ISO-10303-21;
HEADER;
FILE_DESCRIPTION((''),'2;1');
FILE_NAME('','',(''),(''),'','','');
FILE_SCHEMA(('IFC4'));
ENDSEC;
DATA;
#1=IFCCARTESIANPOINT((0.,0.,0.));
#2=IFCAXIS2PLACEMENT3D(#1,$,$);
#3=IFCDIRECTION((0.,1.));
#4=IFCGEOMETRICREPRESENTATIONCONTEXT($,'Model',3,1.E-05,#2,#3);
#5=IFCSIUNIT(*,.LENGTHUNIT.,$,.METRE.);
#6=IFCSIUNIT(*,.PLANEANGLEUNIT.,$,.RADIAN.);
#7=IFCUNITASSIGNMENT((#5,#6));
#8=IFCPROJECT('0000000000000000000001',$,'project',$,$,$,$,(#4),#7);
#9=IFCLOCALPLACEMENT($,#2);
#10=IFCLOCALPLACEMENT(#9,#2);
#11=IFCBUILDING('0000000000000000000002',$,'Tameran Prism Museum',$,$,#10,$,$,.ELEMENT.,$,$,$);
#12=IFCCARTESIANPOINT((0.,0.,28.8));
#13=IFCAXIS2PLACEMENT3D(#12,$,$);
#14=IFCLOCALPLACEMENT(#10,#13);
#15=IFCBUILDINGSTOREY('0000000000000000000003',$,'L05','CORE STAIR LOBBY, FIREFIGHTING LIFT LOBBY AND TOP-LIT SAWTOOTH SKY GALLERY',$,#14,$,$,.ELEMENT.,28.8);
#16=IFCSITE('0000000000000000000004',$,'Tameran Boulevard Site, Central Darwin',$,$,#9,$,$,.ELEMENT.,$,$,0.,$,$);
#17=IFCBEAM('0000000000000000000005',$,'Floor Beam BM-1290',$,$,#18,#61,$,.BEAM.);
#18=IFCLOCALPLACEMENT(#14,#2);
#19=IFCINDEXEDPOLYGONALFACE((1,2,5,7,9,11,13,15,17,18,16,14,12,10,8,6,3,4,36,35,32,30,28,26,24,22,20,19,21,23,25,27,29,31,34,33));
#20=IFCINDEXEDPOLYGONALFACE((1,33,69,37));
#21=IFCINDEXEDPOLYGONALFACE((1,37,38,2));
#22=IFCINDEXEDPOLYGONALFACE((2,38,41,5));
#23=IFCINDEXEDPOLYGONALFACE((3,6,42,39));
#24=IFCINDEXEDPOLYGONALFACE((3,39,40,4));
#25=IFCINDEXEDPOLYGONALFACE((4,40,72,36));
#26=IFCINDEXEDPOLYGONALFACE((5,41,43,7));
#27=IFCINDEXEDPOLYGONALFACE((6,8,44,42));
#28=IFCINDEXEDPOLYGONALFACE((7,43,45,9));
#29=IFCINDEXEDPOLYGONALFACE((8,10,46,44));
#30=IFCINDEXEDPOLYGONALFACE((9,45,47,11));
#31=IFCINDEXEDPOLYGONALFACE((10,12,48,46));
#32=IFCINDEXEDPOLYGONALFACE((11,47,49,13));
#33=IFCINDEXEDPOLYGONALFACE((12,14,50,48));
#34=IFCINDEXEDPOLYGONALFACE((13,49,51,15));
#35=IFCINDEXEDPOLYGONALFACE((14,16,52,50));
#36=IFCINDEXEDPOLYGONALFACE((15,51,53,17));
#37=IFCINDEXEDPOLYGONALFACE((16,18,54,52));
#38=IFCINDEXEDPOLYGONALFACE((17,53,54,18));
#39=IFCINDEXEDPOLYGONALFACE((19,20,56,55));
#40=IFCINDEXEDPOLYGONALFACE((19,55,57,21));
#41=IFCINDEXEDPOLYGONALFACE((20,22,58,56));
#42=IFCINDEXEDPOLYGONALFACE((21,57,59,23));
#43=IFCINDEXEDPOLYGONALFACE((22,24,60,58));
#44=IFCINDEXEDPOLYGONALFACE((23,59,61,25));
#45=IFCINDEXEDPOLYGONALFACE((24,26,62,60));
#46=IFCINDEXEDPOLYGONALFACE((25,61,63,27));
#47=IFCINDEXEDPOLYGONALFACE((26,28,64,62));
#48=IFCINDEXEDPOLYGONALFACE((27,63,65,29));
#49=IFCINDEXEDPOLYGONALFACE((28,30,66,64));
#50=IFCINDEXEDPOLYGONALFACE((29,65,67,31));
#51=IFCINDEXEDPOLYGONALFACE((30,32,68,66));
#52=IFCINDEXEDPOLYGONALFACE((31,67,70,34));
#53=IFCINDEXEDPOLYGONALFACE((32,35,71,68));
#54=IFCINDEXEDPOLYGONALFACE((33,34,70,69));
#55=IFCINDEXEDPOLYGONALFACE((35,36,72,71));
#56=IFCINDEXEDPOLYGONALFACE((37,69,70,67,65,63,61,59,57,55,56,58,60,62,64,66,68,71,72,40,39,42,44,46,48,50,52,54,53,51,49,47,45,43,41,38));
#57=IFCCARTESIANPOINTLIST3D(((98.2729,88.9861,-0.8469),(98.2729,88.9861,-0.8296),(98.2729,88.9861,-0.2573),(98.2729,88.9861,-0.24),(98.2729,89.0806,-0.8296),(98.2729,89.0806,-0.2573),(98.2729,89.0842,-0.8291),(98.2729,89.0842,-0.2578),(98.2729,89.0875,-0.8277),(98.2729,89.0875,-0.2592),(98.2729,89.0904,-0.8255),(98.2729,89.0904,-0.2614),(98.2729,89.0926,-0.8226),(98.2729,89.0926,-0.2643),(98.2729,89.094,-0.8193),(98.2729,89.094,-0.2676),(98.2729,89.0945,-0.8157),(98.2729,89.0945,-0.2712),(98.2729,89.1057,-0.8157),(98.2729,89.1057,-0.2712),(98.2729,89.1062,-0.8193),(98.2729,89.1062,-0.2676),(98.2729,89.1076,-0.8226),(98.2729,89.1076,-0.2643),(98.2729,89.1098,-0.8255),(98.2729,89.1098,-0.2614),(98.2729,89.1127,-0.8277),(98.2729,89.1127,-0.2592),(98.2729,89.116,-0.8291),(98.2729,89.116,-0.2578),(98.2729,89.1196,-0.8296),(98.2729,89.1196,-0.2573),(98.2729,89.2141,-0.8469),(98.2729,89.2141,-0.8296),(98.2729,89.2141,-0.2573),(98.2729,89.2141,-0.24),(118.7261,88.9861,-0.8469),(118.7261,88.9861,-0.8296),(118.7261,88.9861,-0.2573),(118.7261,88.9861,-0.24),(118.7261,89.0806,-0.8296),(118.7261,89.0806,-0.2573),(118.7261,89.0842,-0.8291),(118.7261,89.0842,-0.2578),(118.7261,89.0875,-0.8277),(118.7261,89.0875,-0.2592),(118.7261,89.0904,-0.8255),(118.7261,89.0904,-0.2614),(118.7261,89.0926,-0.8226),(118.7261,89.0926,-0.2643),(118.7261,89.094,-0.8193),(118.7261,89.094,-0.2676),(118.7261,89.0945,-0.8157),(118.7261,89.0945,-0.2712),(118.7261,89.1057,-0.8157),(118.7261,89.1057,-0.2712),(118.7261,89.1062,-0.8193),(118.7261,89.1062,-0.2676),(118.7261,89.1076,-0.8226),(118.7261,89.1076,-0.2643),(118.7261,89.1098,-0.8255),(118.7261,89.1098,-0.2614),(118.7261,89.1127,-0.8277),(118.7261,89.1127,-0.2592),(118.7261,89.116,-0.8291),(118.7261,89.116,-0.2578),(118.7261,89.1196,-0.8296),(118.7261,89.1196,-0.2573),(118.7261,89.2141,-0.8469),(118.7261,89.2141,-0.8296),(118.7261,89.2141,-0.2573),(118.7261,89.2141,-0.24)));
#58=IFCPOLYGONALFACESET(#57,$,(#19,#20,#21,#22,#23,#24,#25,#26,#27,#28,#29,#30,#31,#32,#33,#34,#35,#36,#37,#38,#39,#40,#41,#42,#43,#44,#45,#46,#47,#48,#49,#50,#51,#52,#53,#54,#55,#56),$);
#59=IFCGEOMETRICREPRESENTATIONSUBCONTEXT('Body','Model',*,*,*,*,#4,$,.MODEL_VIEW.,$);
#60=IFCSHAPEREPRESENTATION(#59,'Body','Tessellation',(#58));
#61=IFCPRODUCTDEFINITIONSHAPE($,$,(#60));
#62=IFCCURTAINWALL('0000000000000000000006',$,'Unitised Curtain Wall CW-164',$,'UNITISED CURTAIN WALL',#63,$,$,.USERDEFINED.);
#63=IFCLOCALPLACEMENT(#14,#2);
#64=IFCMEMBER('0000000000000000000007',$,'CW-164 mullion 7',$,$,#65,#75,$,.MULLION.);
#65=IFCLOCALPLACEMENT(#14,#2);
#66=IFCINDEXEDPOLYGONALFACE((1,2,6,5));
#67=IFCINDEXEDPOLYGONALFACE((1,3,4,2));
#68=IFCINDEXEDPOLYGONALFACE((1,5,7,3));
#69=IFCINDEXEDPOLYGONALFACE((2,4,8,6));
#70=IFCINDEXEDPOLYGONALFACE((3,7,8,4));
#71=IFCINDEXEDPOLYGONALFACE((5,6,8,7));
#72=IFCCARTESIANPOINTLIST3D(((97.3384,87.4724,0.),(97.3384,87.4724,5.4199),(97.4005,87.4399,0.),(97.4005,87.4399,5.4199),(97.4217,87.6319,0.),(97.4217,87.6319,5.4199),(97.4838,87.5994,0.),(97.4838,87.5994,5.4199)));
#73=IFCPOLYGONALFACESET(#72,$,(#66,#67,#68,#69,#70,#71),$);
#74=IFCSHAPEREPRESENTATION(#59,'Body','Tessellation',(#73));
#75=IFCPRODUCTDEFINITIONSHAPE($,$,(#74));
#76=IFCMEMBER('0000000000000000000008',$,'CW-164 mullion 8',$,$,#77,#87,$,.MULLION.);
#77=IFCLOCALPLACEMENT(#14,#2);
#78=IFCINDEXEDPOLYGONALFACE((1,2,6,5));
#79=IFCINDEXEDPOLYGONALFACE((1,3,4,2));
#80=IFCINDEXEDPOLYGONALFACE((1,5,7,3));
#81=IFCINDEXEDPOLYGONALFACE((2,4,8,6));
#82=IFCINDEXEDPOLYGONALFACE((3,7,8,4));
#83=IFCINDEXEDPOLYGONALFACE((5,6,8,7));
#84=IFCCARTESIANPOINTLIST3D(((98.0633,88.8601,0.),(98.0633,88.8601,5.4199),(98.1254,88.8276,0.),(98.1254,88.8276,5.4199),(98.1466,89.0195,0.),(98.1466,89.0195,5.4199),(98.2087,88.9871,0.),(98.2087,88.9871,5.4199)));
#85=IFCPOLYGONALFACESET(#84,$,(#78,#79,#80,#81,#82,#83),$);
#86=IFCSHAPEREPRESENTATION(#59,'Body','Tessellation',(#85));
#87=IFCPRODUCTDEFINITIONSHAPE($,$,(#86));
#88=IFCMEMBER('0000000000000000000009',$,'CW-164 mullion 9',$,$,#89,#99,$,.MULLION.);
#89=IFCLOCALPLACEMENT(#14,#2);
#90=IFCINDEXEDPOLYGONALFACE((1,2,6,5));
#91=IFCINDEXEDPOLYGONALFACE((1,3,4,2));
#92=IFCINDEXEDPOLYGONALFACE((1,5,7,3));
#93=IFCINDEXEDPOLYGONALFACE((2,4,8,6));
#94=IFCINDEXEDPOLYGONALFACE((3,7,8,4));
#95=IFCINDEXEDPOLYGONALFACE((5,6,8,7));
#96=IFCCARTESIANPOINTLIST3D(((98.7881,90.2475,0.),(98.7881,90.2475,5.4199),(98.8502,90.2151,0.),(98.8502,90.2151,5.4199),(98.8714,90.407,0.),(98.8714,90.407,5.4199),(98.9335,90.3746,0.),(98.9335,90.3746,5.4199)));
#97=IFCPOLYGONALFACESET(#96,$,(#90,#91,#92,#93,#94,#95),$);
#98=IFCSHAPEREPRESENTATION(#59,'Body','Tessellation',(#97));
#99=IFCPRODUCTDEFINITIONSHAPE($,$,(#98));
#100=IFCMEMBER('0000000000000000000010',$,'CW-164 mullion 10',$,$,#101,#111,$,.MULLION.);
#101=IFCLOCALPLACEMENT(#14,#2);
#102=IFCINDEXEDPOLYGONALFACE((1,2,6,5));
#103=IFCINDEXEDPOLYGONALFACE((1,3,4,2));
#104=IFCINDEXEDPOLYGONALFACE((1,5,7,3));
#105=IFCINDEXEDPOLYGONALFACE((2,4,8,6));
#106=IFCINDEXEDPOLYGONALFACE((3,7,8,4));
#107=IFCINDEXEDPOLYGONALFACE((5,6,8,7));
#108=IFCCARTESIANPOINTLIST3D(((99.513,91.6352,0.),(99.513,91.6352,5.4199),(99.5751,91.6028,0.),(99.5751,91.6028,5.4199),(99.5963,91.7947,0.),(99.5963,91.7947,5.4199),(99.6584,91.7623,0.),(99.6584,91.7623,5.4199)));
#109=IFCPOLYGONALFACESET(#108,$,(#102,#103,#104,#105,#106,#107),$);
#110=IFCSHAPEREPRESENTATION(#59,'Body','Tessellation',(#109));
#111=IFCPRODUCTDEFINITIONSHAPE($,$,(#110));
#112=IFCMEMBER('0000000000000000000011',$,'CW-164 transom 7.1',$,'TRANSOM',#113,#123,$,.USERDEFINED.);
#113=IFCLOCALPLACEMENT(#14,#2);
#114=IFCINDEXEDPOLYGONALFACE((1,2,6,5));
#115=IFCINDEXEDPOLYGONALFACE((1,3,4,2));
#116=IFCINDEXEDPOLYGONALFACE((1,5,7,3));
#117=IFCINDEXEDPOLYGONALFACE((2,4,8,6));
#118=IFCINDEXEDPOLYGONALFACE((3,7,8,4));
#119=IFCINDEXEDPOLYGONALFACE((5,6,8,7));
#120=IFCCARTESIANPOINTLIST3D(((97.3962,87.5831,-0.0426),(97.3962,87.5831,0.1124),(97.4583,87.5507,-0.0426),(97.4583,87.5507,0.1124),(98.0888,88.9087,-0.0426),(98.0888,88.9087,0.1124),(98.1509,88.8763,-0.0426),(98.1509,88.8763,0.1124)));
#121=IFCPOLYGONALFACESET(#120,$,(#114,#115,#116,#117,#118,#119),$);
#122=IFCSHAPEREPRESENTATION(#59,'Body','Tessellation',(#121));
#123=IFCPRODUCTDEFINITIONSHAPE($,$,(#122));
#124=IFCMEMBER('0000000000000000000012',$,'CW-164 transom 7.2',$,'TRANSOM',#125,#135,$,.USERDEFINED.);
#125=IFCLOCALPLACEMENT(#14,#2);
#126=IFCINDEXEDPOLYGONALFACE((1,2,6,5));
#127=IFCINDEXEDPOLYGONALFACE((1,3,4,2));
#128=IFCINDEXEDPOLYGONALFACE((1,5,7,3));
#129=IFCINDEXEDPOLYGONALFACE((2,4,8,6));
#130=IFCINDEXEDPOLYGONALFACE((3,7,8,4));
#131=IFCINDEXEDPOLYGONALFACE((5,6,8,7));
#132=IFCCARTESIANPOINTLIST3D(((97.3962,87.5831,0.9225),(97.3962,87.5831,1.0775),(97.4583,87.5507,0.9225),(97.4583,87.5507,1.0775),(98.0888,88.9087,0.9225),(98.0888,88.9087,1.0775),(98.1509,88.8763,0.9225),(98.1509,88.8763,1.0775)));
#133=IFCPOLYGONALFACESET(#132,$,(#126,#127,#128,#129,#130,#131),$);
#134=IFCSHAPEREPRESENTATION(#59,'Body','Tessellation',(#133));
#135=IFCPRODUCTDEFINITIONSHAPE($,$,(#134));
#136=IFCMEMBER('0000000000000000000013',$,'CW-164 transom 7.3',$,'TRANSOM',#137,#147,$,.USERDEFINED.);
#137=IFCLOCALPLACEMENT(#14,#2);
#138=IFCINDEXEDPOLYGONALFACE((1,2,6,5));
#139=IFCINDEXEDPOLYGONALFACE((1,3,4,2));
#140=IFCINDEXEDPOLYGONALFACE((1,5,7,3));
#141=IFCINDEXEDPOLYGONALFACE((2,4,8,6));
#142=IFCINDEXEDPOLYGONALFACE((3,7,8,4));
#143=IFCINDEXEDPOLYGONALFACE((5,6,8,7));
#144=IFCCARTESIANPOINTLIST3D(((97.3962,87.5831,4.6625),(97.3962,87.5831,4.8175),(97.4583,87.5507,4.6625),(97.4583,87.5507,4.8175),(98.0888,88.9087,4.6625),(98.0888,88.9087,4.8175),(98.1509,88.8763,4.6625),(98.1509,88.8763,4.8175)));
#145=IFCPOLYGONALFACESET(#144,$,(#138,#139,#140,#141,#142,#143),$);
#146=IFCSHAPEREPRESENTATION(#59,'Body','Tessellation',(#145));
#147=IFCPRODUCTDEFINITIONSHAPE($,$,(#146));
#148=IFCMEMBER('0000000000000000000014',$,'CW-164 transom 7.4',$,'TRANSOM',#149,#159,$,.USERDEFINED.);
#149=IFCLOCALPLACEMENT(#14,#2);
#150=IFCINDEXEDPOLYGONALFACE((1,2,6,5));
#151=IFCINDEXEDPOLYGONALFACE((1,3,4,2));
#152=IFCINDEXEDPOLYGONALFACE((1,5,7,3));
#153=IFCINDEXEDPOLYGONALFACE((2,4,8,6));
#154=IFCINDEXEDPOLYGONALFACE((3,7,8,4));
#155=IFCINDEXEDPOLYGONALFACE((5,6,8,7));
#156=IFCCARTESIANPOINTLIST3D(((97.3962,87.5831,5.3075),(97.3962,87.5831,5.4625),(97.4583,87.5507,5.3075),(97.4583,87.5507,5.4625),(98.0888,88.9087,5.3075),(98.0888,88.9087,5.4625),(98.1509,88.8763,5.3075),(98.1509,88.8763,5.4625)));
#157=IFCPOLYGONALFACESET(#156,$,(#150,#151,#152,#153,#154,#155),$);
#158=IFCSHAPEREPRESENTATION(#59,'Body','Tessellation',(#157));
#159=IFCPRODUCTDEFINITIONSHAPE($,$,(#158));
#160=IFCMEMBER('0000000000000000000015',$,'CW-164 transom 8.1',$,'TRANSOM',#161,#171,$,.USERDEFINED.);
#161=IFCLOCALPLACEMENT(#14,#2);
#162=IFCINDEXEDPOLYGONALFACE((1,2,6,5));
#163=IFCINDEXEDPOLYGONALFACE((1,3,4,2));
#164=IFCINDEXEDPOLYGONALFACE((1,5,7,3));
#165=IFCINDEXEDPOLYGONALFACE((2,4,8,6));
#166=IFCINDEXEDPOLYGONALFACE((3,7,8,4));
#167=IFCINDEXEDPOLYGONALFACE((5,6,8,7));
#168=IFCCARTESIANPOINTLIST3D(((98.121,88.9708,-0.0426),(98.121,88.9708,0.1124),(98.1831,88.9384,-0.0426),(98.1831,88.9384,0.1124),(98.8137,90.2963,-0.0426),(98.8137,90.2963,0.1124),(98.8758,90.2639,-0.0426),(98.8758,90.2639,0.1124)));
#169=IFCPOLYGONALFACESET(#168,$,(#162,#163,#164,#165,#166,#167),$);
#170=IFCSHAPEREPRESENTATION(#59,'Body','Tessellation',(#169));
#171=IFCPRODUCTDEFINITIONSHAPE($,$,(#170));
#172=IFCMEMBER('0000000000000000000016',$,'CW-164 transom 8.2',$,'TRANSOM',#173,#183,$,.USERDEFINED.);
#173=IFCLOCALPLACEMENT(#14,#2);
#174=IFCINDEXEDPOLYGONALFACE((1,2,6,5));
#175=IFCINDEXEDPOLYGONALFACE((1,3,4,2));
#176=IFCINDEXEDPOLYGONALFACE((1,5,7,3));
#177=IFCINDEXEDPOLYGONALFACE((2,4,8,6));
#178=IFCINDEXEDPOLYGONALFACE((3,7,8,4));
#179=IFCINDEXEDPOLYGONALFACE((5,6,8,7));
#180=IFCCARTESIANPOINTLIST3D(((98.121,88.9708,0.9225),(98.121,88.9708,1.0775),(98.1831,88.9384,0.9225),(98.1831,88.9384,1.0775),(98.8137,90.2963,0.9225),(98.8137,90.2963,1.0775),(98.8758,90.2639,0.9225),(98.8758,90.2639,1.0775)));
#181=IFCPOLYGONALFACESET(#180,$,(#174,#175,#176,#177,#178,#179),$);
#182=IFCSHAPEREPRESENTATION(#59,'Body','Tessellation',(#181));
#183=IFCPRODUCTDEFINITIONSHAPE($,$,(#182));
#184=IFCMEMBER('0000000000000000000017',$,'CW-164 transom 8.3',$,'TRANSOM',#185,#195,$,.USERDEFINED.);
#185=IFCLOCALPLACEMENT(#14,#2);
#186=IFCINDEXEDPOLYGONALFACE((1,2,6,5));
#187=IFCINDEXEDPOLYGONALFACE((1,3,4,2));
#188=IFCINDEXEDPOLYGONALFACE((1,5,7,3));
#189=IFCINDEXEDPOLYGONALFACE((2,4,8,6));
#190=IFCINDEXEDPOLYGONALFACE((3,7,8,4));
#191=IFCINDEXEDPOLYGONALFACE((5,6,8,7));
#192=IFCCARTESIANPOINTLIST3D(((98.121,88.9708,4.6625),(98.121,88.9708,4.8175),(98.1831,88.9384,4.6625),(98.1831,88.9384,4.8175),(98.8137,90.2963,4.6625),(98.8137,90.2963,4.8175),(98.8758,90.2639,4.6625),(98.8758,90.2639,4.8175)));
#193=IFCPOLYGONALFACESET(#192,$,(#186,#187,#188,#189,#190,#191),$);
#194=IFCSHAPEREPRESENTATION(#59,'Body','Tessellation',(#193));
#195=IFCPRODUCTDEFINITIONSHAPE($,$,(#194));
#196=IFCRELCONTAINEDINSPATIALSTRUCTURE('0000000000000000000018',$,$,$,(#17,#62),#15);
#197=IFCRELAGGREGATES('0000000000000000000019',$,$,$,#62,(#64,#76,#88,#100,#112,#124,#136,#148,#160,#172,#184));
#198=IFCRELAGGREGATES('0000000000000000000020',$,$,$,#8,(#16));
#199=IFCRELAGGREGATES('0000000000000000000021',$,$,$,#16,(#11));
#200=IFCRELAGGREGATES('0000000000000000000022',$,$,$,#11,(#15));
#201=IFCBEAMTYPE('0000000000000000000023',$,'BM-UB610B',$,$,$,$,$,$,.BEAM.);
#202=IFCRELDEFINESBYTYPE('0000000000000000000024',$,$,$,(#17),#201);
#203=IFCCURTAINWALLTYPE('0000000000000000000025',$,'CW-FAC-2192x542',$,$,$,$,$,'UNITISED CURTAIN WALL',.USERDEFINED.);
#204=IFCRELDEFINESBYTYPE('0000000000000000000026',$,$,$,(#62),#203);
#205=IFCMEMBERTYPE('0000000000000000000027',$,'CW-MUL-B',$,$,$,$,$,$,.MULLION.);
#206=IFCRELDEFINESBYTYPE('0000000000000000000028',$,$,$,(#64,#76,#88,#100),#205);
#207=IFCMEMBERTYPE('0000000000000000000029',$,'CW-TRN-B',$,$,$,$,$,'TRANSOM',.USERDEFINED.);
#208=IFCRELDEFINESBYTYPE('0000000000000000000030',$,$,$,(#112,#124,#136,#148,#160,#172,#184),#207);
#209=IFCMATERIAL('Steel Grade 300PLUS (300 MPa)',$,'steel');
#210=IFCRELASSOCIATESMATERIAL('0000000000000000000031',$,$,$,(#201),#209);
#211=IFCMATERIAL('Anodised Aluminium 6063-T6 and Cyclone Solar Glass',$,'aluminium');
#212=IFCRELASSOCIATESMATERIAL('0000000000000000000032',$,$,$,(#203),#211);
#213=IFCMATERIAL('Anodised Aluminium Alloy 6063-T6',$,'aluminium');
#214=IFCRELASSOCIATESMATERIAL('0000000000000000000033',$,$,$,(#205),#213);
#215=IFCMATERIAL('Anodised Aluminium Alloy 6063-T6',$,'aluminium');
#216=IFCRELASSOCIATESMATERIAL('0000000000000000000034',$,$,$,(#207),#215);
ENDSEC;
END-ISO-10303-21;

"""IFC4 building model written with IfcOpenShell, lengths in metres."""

from ifc_helpers import new_model, si_unit, direction, frame, origin, origin_2d, place, context, subcontext, project, spatial, rectangle, i_section, extrude, material, material_profile, profile_set, type_object, element, aggregate, save


model = new_model("IFC4")

# Units and contexts
model_context = context("Model", 3, precision=1e-05, world=origin(), true_north=direction((0.0, 1.0)))
body_context = subcontext(model_context, "Body", "Model", "MODEL_VIEW")
ifc_project = project(units=[si_unit("LENGTHUNIT", "METRE"), si_unit("PLANEANGLEUNIT", "RADIAN")], contexts=[model_context])

# Site, building, storey
site_placement = place(None, origin())
site = spatial("IfcSite", under=ifc_project, at=site_placement, Name="Tameran Boulevard Site, Central Darwin", CompositionType="ELEMENT", RefElevation=0.0)
building_placement = place(site_placement, origin())
building = spatial("IfcBuilding", under=site, at=building_placement, Name="Tameran Prism Museum", CompositionType="ELEMENT")
storey_placement = place(building_placement, frame((0.0, 0.0, 28.8)))
storey = spatial("IfcBuildingStorey", under=building, at=storey_placement, Name="L05", Description="CORE STAIR LOBBY, FIREFIGHTING LIFT LOBBY AND TOP-LIT SAWTOOTH SKY GALLERY", CompositionType="ELEMENT", Elevation=28.8)

# Beam
ifc_material_1 = material(Name="Steel Grade 300PLUS (300 MPa)", Category="steel")
ifc_material_profile_1 = material_profile(ifc_material_1, i_section(OverallWidth=0.228, OverallDepth=0.6069, WebThickness=0.0112, FlangeThickness=0.0173, FilletRadius=0.0139, at=origin_2d()))
ifc_profile_set_1 = profile_set([ifc_material_profile_1])
beam_type = type_object("IfcBeamType", Name="BM-UB610B", PredefinedType="BEAM", material=ifc_profile_set_1)
beam_placement = place(storey_placement, frame((98.2729, 89.1001, -0.5435), z_axis=(1.0, 0.0, 0.0), x_axis=(0.0, 1.0, 0.0)))
element("IfcBeam", 1, at=beam_placement, inside=storey, type_object=beam_type, Name="Floor Beam BM-1290", PredefinedType="BEAM", context=body_context, shape_type="SweptSolid", body=[
    extrude(i_section(OverallWidth=0.228, OverallDepth=0.6069, WebThickness=0.0112, FlangeThickness=0.0173, FilletRadius=0.0139, at=origin_2d()), origin(), (0.0, 0.0, 1.0), 20.4531),
])

# Curtain wall, members
ifc_material_2 = material(Name="Anodised Aluminium 6063-T6 and Cyclone Solar Glass", Category="aluminium")
curtain_wall_type = type_object("IfcCurtainWallType", Name="CW-FAC-2192x542", ElementType="UNITISED CURTAIN WALL", PredefinedType="USERDEFINED", material=ifc_material_2)
curtain_wall_placement = place(storey_placement, origin())
curtain_wall = element("IfcCurtainWall", 2, at=curtain_wall_placement, inside=storey, type_object=curtain_wall_type, Name="Unitised Curtain Wall CW-164", ObjectType="UNITISED CURTAIN WALL", PredefinedType="USERDEFINED")
ifc_material_3 = material(Name="Anodised Aluminium Alloy 6063-T6", Category="aluminium")
ifc_material_profile_2 = material_profile(ifc_material_3, rectangle(XDim=0.0701, YDim=0.1799, at=origin_2d()))
ifc_profile_set_2 = profile_set([ifc_material_profile_2])
member_type_1 = type_object("IfcMemberType", Name="CW-MUL-B", PredefinedType="MULLION", material=ifc_profile_set_2)
member_1_placement = place(storey_placement, frame((97.4111, 87.5359, 0.0), z_axis=(0.0, 0.0, 1.0), x_axis=(-0.886357, 0.463003, 0.0)))
member_1 = element("IfcMember", 3, at=member_1_placement, type_object=member_type_1, Name="CW-164 mullion 7", PredefinedType="MULLION", context=body_context, shape_type="SweptSolid", body=[
    extrude(rectangle(XDim=0.0701, YDim=0.1799, at=origin_2d()), origin(), (0.0, 0.0, 1.0), 5.4199),
])
member_2_placement = place(storey_placement, frame((98.136, 88.9236, 0.0), z_axis=(0.0, 0.0, 1.0), x_axis=(-0.886357, 0.463003, 0.0)))
member_2 = element("IfcMember", 4, at=member_2_placement, type_object=member_type_1, Name="CW-164 mullion 8", PredefinedType="MULLION", context=body_context, shape_type="SweptSolid", body=[
    extrude(rectangle(XDim=0.0701, YDim=0.1799, at=origin_2d()), origin(), (0.0, 0.0, 1.0), 5.4199),
])
member_3_placement = place(storey_placement, frame((98.8608, 90.311, 0.0), z_axis=(0.0, 0.0, 1.0), x_axis=(-0.886357, 0.463003, 0.0)))
member_3 = element("IfcMember", 5, at=member_3_placement, type_object=member_type_1, Name="CW-164 mullion 9", PredefinedType="MULLION", context=body_context, shape_type="SweptSolid", body=[
    extrude(rectangle(XDim=0.0701, YDim=0.1799, at=origin_2d()), origin(), (0.0, 0.0, 1.0), 5.4199),
])
member_4_placement = place(storey_placement, frame((99.5857, 91.6987, 0.0), z_axis=(0.0, 0.0, 1.0), x_axis=(-0.886357, 0.463003, 0.0)))
member_4 = element("IfcMember", 6, at=member_4_placement, type_object=member_type_1, Name="CW-164 mullion 10", PredefinedType="MULLION", context=body_context, shape_type="SweptSolid", body=[
    extrude(rectangle(XDim=0.0701, YDim=0.1799, at=origin_2d()), origin(), (0.0, 0.0, 1.0), 5.4199),
])
ifc_material_4 = material(Name="Anodised Aluminium Alloy 6063-T6", Category="aluminium")
ifc_material_profile_3 = material_profile(ifc_material_4, rectangle(XDim=0.0701, YDim=0.155, at=origin_2d()))
ifc_profile_set_3 = profile_set([ifc_material_profile_3])
member_type_2 = type_object("IfcMemberType", Name="CW-TRN-B", ElementType="TRANSOM", PredefinedType="USERDEFINED", material=ifc_profile_set_3)
member_5_placement = place(storey_placement, frame((97.4272, 87.5669, 0.0349), z_axis=(0.463074, 0.88632, 0.0), x_axis=(-0.88632, 0.463074, 0.0)))
member_5 = element("IfcMember", 7, at=member_5_placement, type_object=member_type_2, Name="CW-164 transom 7.1", ObjectType="TRANSOM", PredefinedType="USERDEFINED", context=body_context, shape_type="SweptSolid", body=[
    extrude(rectangle(XDim=0.0701, YDim=0.155, at=origin_2d()), origin(), (0.0, 0.0, 1.0), 1.4956),
])
member_6_placement = place(storey_placement, frame((97.4272, 87.5669, 1.0), z_axis=(0.463074, 0.88632, 0.0), x_axis=(-0.88632, 0.463074, 0.0)))
member_6 = element("IfcMember", 8, at=member_6_placement, type_object=member_type_2, Name="CW-164 transom 7.2", ObjectType="TRANSOM", PredefinedType="USERDEFINED", context=body_context, shape_type="SweptSolid", body=[
    extrude(rectangle(XDim=0.0701, YDim=0.155, at=origin_2d()), origin(), (0.0, 0.0, 1.0), 1.4956),
])
member_7_placement = place(storey_placement, frame((97.4272, 87.5669, 4.74), z_axis=(0.463074, 0.88632, 0.0), x_axis=(-0.88632, 0.463074, 0.0)))
member_7 = element("IfcMember", 9, at=member_7_placement, type_object=member_type_2, Name="CW-164 transom 7.3", ObjectType="TRANSOM", PredefinedType="USERDEFINED", context=body_context, shape_type="SweptSolid", body=[
    extrude(rectangle(XDim=0.0701, YDim=0.155, at=origin_2d()), origin(), (0.0, 0.0, 1.0), 1.4956),
])
member_8_placement = place(storey_placement, frame((97.4272, 87.5669, 5.385), z_axis=(0.463074, 0.88632, 0.0), x_axis=(-0.88632, 0.463074, 0.0)))
member_8 = element("IfcMember", 10, at=member_8_placement, type_object=member_type_2, Name="CW-164 transom 7.4", ObjectType="TRANSOM", PredefinedType="USERDEFINED", context=body_context, shape_type="SweptSolid", body=[
    extrude(rectangle(XDim=0.0701, YDim=0.155, at=origin_2d()), origin(), (0.0, 0.0, 1.0), 1.4956),
])
member_9_placement = place(storey_placement, frame((98.1521, 88.9546, 0.0349), z_axis=(0.463141, 0.886285, 0.0), x_axis=(-0.886285, 0.463141, 0.0)))
member_9 = element("IfcMember", 11, at=member_9_placement, type_object=member_type_2, Name="CW-164 transom 8.1", ObjectType="TRANSOM", PredefinedType="USERDEFINED", context=body_context, shape_type="SweptSolid", body=[
    extrude(rectangle(XDim=0.0701, YDim=0.155, at=origin_2d()), origin(), (0.0, 0.0, 1.0), 1.4956),
])
member_10_placement = place(storey_placement, frame((98.1521, 88.9546, 1.0), z_axis=(0.463141, 0.886285, 0.0), x_axis=(-0.886285, 0.463141, 0.0)))
member_10 = element("IfcMember", 12, at=member_10_placement, type_object=member_type_2, Name="CW-164 transom 8.2", ObjectType="TRANSOM", PredefinedType="USERDEFINED", context=body_context, shape_type="SweptSolid", body=[
    extrude(rectangle(XDim=0.0701, YDim=0.155, at=origin_2d()), origin(), (0.0, 0.0, 1.0), 1.4956),
])
member_11_placement = place(storey_placement, frame((98.1521, 88.9546, 4.74), z_axis=(0.463141, 0.886285, 0.0), x_axis=(-0.886285, 0.463141, 0.0)))
member_11 = element("IfcMember", 13, at=member_11_placement, type_object=member_type_2, Name="CW-164 transom 8.3", ObjectType="TRANSOM", PredefinedType="USERDEFINED", context=body_context, shape_type="SweptSolid", body=[
    extrude(rectangle(XDim=0.0701, YDim=0.155, at=origin_2d()), origin(), (0.0, 0.0, 1.0), 1.4956),
])
aggregate(curtain_wall, [member_1, member_2, member_3, member_4, member_5, member_6, member_7, member_8, member_9, member_10, member_11])

save(model, "model.ifc")
